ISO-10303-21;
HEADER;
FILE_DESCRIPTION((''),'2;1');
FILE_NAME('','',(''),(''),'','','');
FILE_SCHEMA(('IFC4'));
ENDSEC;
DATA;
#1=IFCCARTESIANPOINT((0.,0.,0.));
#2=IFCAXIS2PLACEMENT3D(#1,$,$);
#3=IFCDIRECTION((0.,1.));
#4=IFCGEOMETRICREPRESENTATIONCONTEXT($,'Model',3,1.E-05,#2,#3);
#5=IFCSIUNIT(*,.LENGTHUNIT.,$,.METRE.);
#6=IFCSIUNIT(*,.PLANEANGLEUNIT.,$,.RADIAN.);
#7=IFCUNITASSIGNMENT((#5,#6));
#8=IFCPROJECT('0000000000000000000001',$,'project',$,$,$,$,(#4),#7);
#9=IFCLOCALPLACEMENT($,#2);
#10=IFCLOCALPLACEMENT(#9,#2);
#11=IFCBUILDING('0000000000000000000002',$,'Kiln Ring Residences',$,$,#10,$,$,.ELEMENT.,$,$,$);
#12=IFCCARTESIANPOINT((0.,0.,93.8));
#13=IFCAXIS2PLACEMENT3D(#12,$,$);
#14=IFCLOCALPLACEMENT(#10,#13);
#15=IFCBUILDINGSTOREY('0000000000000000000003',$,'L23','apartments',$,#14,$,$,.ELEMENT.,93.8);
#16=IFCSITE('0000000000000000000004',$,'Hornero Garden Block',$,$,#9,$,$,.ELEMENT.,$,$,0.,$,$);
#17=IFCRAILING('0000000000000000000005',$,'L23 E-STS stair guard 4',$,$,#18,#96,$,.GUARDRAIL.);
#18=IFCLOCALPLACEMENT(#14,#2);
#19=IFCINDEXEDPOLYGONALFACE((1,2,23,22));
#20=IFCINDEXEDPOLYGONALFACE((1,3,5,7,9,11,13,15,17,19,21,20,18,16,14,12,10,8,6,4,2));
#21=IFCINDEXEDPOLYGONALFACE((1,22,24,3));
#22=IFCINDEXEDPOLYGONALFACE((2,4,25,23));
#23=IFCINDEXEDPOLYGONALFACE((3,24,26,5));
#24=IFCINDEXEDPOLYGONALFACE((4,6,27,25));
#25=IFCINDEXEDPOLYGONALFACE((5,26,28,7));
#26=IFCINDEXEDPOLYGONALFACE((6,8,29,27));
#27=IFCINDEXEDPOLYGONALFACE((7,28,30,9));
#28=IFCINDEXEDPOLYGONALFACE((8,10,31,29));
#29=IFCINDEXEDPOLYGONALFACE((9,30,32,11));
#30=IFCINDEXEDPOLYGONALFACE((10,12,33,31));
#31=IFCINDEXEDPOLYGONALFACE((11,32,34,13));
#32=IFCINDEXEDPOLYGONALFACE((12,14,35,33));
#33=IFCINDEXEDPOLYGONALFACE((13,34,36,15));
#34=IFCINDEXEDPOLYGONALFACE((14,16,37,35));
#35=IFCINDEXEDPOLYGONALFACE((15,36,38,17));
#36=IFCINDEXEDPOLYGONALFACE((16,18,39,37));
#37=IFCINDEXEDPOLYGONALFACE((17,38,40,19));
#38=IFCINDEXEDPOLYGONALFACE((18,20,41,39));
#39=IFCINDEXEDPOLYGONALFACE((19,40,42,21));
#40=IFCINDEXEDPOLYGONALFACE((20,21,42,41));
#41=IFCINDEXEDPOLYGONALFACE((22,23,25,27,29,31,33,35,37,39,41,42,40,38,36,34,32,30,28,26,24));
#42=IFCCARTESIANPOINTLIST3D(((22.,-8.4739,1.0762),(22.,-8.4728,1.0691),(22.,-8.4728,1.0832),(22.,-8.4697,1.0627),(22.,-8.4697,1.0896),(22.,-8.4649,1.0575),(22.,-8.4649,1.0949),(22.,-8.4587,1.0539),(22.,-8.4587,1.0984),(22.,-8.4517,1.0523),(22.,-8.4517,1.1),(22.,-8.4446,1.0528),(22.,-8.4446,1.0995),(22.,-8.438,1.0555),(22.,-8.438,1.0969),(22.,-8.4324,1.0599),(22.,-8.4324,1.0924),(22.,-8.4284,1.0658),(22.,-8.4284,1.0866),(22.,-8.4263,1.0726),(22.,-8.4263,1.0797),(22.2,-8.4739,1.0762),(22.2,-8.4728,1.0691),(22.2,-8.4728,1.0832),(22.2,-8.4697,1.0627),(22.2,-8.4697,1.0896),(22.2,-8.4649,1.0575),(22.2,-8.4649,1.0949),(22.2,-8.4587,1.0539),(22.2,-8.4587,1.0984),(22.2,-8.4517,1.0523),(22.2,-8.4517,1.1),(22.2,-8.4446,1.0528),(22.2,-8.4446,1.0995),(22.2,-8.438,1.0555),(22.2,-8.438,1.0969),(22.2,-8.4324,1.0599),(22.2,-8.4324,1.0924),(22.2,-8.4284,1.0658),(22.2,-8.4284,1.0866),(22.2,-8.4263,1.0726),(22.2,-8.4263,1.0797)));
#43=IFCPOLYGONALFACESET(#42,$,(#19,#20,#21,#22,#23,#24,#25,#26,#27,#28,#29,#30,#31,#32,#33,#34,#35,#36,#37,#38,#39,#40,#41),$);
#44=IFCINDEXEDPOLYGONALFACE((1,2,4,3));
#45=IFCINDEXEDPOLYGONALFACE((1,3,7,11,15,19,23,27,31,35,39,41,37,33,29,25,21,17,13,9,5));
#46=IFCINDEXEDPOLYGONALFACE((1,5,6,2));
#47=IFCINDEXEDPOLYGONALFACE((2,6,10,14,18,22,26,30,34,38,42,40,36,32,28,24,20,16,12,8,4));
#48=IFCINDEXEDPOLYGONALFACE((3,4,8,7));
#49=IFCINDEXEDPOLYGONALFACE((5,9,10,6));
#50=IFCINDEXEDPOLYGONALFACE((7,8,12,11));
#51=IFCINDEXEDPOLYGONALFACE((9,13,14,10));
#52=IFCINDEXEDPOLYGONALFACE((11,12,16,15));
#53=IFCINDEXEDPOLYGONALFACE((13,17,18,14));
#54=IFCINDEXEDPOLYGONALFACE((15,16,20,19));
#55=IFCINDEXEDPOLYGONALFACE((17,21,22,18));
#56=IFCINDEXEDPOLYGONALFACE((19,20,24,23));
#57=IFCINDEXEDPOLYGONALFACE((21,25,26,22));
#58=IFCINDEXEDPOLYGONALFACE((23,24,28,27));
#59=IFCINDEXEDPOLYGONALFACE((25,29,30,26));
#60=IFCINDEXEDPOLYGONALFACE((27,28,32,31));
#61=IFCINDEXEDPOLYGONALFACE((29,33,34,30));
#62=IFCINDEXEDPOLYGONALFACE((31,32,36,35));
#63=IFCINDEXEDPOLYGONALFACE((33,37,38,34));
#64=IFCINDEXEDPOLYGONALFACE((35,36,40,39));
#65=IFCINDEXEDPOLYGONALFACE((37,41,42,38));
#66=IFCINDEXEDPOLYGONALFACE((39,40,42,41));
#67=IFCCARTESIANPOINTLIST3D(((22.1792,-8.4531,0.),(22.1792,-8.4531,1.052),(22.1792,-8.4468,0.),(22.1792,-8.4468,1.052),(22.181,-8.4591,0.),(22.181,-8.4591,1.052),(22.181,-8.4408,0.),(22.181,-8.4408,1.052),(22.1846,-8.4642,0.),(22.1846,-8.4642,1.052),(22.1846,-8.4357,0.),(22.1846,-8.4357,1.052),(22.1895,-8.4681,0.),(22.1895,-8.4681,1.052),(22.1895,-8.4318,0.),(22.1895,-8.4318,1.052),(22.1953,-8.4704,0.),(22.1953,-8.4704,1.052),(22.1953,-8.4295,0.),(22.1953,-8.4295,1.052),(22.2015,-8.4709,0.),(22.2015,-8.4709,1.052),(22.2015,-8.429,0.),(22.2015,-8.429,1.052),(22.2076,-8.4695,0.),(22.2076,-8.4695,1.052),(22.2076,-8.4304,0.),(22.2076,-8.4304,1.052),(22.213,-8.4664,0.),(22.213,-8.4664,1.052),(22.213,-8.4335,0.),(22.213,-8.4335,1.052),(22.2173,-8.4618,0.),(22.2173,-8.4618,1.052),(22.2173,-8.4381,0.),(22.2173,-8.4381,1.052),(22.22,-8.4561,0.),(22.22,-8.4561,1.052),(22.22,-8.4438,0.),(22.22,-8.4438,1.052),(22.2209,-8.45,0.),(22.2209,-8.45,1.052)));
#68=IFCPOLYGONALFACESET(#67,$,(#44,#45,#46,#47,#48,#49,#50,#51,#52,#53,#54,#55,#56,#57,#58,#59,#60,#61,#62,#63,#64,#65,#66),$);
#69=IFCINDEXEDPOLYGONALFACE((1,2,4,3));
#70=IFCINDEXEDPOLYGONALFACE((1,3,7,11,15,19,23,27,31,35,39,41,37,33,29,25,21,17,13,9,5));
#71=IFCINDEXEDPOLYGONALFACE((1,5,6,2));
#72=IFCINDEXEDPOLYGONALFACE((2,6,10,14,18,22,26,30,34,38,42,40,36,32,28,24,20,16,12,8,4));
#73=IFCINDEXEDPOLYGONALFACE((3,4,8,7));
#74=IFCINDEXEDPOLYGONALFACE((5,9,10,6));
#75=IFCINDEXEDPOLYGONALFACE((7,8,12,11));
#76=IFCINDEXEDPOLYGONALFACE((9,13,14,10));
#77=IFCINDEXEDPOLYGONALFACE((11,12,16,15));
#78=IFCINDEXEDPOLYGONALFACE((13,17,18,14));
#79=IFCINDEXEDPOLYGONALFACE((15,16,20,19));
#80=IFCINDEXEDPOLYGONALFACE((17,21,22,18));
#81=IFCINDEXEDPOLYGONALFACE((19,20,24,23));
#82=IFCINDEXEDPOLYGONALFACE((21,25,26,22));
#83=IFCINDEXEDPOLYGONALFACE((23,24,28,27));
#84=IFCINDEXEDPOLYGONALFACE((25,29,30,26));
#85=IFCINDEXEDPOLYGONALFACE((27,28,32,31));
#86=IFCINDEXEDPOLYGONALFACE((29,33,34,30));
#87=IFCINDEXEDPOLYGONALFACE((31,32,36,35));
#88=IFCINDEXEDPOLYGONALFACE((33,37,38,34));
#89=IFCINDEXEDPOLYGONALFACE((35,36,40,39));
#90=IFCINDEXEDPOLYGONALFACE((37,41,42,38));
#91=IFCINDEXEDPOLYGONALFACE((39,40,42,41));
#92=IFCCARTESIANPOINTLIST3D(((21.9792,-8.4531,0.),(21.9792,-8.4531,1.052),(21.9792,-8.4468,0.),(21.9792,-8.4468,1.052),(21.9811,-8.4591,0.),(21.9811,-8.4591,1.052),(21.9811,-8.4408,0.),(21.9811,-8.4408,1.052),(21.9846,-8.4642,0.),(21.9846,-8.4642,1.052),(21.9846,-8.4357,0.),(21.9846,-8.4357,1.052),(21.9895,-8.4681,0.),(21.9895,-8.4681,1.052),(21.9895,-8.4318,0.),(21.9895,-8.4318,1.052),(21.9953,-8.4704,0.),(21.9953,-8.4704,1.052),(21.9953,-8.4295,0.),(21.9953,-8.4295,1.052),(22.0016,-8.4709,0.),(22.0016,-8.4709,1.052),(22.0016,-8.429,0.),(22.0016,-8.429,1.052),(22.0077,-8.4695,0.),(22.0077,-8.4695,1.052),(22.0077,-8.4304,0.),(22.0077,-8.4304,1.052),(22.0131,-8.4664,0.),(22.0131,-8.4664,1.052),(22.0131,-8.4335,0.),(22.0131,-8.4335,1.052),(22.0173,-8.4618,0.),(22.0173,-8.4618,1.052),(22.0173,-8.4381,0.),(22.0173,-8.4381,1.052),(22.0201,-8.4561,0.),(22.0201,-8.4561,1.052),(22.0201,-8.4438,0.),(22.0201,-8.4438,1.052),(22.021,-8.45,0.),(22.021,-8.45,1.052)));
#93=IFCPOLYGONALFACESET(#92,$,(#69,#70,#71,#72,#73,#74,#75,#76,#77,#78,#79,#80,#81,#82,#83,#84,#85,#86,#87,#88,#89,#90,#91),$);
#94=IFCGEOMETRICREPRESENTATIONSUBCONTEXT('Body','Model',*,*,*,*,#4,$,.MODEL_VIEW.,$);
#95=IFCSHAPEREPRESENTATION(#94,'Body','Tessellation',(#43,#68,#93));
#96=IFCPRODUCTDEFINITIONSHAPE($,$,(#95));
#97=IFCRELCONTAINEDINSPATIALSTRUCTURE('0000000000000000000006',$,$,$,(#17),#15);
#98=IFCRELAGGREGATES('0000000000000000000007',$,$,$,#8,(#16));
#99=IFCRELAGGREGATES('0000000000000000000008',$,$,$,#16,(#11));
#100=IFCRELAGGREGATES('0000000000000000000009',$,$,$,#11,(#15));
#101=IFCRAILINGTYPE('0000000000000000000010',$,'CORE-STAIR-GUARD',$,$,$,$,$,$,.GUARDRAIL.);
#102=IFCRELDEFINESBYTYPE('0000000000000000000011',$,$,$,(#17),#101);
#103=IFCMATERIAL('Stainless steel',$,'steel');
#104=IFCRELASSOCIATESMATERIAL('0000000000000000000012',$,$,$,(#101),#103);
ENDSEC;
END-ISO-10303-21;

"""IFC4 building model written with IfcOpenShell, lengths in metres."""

from ifc_helpers import new_model, si_unit, direction, frame, origin, origin_2d, place, context, subcontext, project, spatial, circle, extrude, material, type_object, element, save


model = new_model("IFC4")

# Units and contexts
model_context = context("Model", 3, precision=1e-05, world=origin(), true_north=direction((0.0, 1.0)))
body_context = subcontext(model_context, "Body", "Model", "MODEL_VIEW")
ifc_project = project(units=[si_unit("LENGTHUNIT", "METRE"), si_unit("PLANEANGLEUNIT", "RADIAN")], contexts=[model_context])

# Site, building, storey
site_placement = place(None, origin())
site = spatial("IfcSite", under=ifc_project, at=site_placement, Name="Hornero Garden Block", CompositionType="ELEMENT", RefElevation=0.0)
building_placement = place(site_placement, origin())
building = spatial("IfcBuilding", under=site, at=building_placement, Name="Kiln Ring Residences", CompositionType="ELEMENT")
storey_placement = place(building_placement, frame((0.0, 0.0, 93.8)))
storey = spatial("IfcBuildingStorey", under=building, at=storey_placement, Name="L23", Description="apartments", CompositionType="ELEMENT", Elevation=93.8)

# Railing
ifc_material_1 = material(Name="Stainless steel", Category="steel")
railing_type_1 = type_object("IfcRailingType", Name="CORE-STAIR-GUARD", PredefinedType="GUARDRAIL", material=ifc_material_1)
railing_1_placement = place(storey_placement, frame((22.2, -8.45, 0.0)))
element("IfcRailing", 1, at=railing_1_placement, inside=storey, type_object=railing_type_1, Name="L23 E-STS stair guard 4", PredefinedType="GUARDRAIL", context=body_context, shape_type="SweptSolid", body=[
    extrude(circle(Radius=0.0239, at=origin_2d()), frame((0.0, 0.0, 1.0762), z_axis=(-1.0, 0.0, 0.0), x_axis=(0.0, -1.0, 0.0)), (0.0, 0.0, 1.0), 0.2),
    extrude(circle(Radius=0.021, at=origin_2d()), origin(), (0.0, 0.0, 1.0), 1.052),
    extrude(circle(Radius=0.021, at=origin_2d()), frame((-0.2, 0.0, 0.0)), (0.0, 0.0, 1.0), 1.052),
])

save(model, "model.ifc")
